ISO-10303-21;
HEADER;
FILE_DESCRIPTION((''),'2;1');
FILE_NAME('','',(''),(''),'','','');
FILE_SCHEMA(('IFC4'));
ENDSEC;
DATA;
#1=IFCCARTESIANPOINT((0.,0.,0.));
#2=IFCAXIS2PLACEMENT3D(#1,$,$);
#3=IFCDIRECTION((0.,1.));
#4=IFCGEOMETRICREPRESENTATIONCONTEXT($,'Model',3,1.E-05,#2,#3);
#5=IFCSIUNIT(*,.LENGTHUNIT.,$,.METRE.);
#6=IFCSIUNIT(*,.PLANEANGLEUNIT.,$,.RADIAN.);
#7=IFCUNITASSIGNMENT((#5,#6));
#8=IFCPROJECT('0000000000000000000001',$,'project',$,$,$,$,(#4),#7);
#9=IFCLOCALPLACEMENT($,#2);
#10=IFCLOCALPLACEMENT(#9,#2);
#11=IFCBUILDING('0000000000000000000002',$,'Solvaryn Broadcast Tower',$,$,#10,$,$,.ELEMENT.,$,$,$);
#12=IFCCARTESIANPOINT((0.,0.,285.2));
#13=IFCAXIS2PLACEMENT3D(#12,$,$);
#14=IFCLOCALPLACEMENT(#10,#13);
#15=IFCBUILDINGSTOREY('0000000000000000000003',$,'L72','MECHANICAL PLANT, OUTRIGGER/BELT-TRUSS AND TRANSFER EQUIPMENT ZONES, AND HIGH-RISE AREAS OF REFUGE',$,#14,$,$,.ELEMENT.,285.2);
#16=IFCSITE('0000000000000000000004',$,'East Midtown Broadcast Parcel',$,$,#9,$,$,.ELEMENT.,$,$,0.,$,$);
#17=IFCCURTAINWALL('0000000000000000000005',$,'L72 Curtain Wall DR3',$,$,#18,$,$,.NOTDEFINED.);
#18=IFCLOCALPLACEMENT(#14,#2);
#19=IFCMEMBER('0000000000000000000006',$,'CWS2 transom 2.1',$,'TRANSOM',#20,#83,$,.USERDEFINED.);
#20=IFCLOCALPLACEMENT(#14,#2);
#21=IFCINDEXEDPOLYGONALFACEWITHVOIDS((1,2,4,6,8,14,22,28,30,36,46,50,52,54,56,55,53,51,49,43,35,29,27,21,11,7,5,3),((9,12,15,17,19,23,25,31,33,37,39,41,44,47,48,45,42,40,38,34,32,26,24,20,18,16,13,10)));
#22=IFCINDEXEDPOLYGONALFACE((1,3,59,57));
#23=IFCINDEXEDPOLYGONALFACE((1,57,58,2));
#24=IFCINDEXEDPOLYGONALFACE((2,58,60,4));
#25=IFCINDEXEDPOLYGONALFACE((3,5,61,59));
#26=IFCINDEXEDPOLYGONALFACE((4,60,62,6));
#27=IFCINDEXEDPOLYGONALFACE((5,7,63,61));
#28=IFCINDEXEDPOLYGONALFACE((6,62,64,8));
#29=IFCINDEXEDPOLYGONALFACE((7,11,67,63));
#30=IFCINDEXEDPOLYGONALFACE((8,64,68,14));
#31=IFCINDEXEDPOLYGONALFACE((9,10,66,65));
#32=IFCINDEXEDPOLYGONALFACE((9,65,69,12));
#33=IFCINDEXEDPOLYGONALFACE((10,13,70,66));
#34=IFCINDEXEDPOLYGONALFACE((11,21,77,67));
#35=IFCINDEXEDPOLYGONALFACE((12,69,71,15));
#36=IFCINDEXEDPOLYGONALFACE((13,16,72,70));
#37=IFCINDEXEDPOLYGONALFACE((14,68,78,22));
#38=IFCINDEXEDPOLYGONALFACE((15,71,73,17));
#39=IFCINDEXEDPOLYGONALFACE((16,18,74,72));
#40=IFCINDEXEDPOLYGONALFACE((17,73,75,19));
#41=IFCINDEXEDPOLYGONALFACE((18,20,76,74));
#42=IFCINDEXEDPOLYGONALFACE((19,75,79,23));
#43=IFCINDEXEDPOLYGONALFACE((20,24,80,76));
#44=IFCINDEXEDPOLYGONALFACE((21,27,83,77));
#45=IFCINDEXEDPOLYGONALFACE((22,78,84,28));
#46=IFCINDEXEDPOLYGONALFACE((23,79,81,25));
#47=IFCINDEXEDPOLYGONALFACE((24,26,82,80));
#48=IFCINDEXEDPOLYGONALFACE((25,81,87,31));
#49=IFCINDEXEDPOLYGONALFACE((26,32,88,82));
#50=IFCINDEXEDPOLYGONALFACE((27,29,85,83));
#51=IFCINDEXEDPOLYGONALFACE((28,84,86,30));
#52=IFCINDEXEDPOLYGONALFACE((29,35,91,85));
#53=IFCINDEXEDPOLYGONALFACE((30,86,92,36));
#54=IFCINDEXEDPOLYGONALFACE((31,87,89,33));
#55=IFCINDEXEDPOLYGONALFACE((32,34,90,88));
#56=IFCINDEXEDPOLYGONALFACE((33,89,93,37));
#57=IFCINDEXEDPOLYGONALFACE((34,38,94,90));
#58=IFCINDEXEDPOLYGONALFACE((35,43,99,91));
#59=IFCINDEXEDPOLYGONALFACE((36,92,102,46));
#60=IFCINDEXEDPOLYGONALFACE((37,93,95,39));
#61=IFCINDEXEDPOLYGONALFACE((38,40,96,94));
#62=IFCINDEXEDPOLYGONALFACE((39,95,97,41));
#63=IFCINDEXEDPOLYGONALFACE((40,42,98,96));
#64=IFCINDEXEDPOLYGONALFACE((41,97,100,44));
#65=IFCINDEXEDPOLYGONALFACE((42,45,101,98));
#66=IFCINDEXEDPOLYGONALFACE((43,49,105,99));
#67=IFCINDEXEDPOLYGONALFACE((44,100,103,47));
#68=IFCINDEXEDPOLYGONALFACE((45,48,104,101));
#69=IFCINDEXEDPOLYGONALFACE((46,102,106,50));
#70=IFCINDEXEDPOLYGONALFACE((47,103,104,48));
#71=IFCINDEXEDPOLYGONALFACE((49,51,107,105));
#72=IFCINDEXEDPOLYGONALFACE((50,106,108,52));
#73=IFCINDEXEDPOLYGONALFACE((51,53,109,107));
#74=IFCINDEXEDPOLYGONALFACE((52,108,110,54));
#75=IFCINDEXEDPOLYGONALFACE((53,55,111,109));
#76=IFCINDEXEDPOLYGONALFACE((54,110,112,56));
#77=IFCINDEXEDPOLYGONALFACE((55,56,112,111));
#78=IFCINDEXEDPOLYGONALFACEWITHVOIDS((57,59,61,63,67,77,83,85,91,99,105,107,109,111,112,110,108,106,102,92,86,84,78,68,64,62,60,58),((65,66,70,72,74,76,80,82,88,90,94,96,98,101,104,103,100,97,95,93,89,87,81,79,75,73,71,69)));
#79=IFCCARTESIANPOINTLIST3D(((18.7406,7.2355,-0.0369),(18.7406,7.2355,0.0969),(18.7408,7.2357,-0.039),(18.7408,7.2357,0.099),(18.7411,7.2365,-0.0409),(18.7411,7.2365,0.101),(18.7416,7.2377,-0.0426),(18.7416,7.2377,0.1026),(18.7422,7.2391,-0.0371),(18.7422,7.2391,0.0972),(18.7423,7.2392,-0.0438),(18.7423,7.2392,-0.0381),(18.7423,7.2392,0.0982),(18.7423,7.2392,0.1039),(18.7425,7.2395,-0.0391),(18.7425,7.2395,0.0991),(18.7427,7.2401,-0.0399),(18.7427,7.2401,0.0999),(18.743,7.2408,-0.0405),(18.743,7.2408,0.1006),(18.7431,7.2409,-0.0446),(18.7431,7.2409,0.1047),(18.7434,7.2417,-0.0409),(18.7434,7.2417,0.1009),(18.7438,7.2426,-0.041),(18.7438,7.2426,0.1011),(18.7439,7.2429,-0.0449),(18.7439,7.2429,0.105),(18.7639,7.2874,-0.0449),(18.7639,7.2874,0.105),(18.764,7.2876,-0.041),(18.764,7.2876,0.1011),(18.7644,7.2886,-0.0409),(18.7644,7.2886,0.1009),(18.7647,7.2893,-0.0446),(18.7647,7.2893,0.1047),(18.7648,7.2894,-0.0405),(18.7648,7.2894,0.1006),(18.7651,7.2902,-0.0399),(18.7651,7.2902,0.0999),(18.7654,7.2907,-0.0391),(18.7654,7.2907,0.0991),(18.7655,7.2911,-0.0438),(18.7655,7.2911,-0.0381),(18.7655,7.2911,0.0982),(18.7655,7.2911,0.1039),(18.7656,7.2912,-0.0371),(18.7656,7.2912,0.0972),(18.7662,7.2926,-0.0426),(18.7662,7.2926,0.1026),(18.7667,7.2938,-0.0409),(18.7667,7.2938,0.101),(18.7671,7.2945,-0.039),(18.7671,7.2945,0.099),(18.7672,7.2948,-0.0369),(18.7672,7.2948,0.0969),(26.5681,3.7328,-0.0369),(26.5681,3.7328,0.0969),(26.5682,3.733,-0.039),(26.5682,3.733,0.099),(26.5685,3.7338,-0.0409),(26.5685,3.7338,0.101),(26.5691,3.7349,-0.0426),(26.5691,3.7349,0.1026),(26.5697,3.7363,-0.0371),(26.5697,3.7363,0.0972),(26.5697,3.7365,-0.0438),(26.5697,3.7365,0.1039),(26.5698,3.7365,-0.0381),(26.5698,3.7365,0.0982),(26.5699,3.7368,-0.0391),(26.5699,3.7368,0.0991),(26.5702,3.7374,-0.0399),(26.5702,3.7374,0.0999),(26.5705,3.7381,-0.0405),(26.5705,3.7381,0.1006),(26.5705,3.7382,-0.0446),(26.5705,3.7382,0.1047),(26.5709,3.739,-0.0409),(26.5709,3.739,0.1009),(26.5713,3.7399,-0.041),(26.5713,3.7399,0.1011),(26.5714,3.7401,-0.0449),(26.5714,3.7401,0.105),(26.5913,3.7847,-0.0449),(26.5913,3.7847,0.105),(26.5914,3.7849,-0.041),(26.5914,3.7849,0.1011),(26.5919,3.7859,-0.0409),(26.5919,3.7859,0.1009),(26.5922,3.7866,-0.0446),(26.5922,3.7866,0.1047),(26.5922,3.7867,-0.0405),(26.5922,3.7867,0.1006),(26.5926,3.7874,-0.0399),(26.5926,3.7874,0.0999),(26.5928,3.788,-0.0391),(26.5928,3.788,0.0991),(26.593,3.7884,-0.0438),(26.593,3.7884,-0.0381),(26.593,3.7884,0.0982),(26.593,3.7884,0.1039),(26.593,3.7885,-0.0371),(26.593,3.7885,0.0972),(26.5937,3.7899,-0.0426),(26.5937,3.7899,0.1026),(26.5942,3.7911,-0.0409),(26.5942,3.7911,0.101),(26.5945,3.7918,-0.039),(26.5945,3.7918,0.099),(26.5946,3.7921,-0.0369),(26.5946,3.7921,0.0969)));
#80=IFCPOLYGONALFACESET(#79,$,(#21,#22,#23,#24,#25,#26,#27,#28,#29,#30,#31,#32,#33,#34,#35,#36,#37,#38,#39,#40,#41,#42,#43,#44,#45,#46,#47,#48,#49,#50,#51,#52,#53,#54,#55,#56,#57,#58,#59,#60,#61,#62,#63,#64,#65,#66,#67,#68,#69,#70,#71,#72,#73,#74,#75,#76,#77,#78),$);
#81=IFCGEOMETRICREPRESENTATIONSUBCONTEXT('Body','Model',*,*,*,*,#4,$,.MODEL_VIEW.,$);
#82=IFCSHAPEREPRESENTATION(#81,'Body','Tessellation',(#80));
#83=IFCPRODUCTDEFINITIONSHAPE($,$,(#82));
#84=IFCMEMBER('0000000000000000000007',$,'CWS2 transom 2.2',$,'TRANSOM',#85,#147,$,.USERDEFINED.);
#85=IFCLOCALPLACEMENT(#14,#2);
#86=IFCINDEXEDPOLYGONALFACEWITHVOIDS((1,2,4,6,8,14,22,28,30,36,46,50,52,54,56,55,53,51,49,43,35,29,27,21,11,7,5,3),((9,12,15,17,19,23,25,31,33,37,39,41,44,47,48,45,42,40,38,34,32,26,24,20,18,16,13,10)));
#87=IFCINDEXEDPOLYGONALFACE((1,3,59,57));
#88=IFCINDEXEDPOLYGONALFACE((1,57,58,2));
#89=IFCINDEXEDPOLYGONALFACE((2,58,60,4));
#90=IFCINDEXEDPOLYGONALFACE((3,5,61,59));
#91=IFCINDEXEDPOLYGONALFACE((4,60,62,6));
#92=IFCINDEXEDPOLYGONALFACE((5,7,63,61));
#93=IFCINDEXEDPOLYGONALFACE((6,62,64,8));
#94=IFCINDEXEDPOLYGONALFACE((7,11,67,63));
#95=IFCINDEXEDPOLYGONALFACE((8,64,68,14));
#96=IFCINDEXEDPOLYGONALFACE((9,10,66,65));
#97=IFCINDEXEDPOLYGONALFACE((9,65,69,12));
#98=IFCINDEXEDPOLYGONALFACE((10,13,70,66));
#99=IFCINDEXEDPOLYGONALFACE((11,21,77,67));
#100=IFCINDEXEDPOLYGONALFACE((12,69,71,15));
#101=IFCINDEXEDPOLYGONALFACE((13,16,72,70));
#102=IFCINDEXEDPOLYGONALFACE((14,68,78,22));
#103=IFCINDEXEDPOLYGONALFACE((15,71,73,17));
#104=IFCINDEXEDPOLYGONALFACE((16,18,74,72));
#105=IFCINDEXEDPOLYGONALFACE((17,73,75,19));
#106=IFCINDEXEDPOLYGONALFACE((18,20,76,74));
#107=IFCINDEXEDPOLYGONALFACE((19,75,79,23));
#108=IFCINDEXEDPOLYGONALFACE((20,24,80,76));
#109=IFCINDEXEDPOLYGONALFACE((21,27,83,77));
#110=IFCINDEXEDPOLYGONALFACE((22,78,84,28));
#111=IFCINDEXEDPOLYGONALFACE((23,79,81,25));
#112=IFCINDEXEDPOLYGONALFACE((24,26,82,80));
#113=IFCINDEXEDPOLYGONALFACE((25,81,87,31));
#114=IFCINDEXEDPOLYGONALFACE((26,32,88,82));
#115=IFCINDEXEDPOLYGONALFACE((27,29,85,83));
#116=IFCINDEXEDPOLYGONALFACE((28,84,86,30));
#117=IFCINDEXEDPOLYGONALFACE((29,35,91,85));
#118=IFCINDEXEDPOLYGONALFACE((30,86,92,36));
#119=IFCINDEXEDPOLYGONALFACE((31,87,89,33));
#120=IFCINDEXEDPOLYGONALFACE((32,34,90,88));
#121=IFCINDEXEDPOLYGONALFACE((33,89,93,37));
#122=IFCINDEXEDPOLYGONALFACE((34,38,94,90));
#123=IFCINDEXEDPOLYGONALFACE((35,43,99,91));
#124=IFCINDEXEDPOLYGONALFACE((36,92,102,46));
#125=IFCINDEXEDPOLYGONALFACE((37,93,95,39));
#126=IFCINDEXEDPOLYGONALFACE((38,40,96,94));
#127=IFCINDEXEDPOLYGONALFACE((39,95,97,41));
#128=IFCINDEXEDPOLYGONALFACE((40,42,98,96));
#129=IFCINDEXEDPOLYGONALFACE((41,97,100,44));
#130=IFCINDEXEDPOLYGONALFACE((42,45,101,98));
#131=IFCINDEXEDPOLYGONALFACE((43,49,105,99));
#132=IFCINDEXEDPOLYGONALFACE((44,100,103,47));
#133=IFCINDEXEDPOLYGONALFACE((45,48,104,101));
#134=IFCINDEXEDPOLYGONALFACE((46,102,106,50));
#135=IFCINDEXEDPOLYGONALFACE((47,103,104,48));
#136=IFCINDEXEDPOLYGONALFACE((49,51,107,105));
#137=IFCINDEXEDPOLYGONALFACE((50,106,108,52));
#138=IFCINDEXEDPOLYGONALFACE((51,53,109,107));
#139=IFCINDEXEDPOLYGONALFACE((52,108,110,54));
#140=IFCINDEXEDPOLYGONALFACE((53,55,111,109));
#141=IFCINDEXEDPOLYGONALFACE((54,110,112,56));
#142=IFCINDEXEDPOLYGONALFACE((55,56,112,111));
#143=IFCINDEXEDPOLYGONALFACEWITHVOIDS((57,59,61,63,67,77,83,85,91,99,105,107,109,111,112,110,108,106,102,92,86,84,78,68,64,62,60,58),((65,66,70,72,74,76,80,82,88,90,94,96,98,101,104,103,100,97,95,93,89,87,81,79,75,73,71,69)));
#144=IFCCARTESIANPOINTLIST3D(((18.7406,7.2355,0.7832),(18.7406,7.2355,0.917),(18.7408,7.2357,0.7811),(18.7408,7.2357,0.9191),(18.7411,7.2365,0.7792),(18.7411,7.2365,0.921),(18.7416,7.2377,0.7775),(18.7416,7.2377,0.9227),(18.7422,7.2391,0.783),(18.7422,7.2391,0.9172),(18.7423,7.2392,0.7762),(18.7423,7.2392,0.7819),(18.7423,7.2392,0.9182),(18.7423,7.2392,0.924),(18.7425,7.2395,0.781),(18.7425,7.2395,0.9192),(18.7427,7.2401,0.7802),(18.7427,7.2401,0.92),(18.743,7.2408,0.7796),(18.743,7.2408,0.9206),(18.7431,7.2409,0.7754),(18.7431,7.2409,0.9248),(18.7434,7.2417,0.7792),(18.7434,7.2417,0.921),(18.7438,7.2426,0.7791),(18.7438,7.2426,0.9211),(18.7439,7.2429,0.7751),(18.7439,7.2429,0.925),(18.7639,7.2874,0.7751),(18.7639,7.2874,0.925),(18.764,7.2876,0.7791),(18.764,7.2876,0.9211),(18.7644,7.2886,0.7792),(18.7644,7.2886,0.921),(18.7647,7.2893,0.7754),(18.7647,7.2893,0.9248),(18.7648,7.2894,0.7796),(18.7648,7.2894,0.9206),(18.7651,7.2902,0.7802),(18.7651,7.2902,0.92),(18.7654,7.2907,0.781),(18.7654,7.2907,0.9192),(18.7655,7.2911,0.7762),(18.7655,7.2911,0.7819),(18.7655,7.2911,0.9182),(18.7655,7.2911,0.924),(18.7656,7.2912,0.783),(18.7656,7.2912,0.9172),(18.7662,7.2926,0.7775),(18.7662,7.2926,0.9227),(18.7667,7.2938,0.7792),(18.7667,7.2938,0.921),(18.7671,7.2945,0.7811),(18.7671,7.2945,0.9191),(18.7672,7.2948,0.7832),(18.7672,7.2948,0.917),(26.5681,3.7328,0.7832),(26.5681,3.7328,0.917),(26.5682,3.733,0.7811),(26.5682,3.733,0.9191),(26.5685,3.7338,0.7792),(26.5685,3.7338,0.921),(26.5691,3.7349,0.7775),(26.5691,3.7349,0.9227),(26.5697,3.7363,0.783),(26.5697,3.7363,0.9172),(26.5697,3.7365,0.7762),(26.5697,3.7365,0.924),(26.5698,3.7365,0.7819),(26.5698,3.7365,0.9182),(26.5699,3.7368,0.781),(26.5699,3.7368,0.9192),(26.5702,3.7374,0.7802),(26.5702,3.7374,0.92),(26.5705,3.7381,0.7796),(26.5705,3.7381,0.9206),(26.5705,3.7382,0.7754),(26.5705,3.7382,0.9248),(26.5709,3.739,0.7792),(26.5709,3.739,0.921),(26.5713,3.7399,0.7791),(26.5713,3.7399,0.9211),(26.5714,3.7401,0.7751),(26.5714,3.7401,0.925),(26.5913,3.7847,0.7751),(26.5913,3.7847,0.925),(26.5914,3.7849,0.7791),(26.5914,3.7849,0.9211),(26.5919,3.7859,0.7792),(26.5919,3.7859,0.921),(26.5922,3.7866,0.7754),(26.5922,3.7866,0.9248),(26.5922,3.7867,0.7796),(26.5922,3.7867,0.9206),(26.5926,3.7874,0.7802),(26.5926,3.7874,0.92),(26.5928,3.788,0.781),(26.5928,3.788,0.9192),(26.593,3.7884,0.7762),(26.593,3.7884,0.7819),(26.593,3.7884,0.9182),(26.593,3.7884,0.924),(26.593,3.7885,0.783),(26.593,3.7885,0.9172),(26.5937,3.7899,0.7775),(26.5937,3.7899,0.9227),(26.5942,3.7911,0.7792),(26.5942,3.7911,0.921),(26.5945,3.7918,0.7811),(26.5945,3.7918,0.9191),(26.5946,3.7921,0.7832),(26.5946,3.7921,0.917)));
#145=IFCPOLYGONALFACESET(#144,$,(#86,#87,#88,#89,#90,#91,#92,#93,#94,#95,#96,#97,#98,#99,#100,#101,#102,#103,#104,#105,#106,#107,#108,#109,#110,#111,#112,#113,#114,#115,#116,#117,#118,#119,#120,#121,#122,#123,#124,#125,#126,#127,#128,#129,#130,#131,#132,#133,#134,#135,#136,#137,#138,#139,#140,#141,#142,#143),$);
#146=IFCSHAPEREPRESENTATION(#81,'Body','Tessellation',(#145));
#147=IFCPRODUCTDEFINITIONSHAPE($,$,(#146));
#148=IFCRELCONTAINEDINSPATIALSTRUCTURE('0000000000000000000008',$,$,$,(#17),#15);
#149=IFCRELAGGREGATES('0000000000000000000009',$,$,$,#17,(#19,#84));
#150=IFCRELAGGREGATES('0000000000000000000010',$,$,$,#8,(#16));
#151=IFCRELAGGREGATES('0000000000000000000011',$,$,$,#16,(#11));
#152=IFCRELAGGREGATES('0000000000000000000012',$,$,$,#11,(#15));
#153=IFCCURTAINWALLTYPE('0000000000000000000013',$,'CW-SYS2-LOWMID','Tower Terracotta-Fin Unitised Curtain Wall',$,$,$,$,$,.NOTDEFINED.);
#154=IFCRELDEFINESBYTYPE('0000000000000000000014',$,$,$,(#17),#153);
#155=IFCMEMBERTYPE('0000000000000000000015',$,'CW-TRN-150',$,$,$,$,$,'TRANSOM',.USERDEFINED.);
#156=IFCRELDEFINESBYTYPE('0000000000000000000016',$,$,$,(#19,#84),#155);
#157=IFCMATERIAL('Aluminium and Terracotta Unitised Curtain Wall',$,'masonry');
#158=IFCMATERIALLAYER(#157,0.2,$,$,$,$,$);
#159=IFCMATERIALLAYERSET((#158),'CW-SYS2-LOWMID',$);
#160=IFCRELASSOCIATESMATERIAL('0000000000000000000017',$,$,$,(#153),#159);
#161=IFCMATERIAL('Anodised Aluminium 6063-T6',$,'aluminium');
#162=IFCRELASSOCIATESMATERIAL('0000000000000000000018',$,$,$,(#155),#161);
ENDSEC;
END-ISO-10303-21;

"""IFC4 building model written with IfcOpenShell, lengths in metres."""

from ifc_helpers import new_model, si_unit, direction, frame, origin, origin_2d, place, context, subcontext, project, spatial, hollow_rectangle, extrude, material, layer, layer_set, material_profile, profile_set, type_object, element, aggregate, save


model = new_model("IFC4")

# Units and contexts
model_context = context("Model", 3, precision=1e-05, world=origin(), true_north=direction((0.0, 1.0)))
body_context = subcontext(model_context, "Body", "Model", "MODEL_VIEW")
ifc_project = project(units=[si_unit("LENGTHUNIT", "METRE"), si_unit("PLANEANGLEUNIT", "RADIAN")], contexts=[model_context])

# Site, building, storey
site_placement = place(None, origin())
site = spatial("IfcSite", under=ifc_project, at=site_placement, Name="East Midtown Broadcast Parcel", CompositionType="ELEMENT", RefElevation=0.0)
building_placement = place(site_placement, origin())
building = spatial("IfcBuilding", under=site, at=building_placement, Name="Solvaryn Broadcast Tower", CompositionType="ELEMENT")
storey_placement = place(building_placement, frame((0.0, 0.0, 285.2)))
storey = spatial("IfcBuildingStorey", under=building, at=storey_placement, Name="L72", Description="MECHANICAL PLANT, OUTRIGGER/BELT-TRUSS AND TRANSFER EQUIPMENT ZONES, AND HIGH-RISE AREAS OF REFUGE", CompositionType="ELEMENT", Elevation=285.2)

# Curtain wall, members
ifc_material_1 = material(Name="Aluminium and Terracotta Unitised Curtain Wall", Category="masonry")
ifc_layer_1 = layer(ifc_material_1, 0.2)
ifc_layer_set_1 = layer_set([ifc_layer_1], Name="CW-SYS2-LOWMID")
curtain_wall_type = type_object("IfcCurtainWallType", Name="CW-SYS2-LOWMID", Description="Tower Terracotta-Fin Unitised Curtain Wall", PredefinedType="NOTDEFINED", material=ifc_layer_set_1)
curtain_wall_placement = place(storey_placement, origin())
curtain_wall = element("IfcCurtainWall", 1, at=curtain_wall_placement, inside=storey, type_object=curtain_wall_type, Name="L72 Curtain Wall DR3", PredefinedType="NOTDEFINED")
ifc_material_2 = material(Name="Anodised Aluminium 6063-T6", Category="aluminium")
ifc_material_profile_1 = material_profile(ifc_material_2, hollow_rectangle(XDim=0.0649, YDim=0.1499, WallThickness=0.0039, InnerFilletRadius=0.0039, OuterFilletRadius=0.0081, at=origin_2d()))
ifc_profile_set_1 = profile_set([ifc_material_profile_1], Name="Anodised Aluminium 6063-T6")
member_type_1 = type_object("IfcMemberType", Name="CW-TRN-150", ElementType="TRANSOM", PredefinedType="USERDEFINED", material=ifc_profile_set_1)
member_1_placement = place(storey_placement, frame((18.7539, 7.2651, 0.03), z_axis=(0.912777, -0.408459, 0.0), x_axis=(0.408459, 0.912777, 0.0)))
member_1 = element("IfcMember", 2, at=member_1_placement, type_object=member_type_1, Name="CWS2 transom 2.1", ObjectType="TRANSOM", PredefinedType="USERDEFINED", context=body_context, shape_type="SweptSolid", body=[
    extrude(hollow_rectangle(XDim=0.0649, YDim=0.1499, WallThickness=0.0039, InnerFilletRadius=0.0039, OuterFilletRadius=0.0081, at=origin_2d()), origin(), (0.0, 0.0, 1.0), 8.5754),
])
member_2_placement = place(storey_placement, frame((18.7539, 7.2651, 0.8501), z_axis=(0.912777, -0.408459, 0.0), x_axis=(0.408459, 0.912777, 0.0)))
member_2 = element("IfcMember", 3, at=member_2_placement, type_object=member_type_1, Name="CWS2 transom 2.2", ObjectType="TRANSOM", PredefinedType="USERDEFINED", context=body_context, shape_type="SweptSolid", body=[
    extrude(hollow_rectangle(XDim=0.0649, YDim=0.1499, WallThickness=0.0039, InnerFilletRadius=0.0039, OuterFilletRadius=0.0081, at=origin_2d()), origin(), (0.0, 0.0, 1.0), 8.5754),
])

aggregate(curtain_wall, [member_1, member_2])

save(model, "model.ifc")
